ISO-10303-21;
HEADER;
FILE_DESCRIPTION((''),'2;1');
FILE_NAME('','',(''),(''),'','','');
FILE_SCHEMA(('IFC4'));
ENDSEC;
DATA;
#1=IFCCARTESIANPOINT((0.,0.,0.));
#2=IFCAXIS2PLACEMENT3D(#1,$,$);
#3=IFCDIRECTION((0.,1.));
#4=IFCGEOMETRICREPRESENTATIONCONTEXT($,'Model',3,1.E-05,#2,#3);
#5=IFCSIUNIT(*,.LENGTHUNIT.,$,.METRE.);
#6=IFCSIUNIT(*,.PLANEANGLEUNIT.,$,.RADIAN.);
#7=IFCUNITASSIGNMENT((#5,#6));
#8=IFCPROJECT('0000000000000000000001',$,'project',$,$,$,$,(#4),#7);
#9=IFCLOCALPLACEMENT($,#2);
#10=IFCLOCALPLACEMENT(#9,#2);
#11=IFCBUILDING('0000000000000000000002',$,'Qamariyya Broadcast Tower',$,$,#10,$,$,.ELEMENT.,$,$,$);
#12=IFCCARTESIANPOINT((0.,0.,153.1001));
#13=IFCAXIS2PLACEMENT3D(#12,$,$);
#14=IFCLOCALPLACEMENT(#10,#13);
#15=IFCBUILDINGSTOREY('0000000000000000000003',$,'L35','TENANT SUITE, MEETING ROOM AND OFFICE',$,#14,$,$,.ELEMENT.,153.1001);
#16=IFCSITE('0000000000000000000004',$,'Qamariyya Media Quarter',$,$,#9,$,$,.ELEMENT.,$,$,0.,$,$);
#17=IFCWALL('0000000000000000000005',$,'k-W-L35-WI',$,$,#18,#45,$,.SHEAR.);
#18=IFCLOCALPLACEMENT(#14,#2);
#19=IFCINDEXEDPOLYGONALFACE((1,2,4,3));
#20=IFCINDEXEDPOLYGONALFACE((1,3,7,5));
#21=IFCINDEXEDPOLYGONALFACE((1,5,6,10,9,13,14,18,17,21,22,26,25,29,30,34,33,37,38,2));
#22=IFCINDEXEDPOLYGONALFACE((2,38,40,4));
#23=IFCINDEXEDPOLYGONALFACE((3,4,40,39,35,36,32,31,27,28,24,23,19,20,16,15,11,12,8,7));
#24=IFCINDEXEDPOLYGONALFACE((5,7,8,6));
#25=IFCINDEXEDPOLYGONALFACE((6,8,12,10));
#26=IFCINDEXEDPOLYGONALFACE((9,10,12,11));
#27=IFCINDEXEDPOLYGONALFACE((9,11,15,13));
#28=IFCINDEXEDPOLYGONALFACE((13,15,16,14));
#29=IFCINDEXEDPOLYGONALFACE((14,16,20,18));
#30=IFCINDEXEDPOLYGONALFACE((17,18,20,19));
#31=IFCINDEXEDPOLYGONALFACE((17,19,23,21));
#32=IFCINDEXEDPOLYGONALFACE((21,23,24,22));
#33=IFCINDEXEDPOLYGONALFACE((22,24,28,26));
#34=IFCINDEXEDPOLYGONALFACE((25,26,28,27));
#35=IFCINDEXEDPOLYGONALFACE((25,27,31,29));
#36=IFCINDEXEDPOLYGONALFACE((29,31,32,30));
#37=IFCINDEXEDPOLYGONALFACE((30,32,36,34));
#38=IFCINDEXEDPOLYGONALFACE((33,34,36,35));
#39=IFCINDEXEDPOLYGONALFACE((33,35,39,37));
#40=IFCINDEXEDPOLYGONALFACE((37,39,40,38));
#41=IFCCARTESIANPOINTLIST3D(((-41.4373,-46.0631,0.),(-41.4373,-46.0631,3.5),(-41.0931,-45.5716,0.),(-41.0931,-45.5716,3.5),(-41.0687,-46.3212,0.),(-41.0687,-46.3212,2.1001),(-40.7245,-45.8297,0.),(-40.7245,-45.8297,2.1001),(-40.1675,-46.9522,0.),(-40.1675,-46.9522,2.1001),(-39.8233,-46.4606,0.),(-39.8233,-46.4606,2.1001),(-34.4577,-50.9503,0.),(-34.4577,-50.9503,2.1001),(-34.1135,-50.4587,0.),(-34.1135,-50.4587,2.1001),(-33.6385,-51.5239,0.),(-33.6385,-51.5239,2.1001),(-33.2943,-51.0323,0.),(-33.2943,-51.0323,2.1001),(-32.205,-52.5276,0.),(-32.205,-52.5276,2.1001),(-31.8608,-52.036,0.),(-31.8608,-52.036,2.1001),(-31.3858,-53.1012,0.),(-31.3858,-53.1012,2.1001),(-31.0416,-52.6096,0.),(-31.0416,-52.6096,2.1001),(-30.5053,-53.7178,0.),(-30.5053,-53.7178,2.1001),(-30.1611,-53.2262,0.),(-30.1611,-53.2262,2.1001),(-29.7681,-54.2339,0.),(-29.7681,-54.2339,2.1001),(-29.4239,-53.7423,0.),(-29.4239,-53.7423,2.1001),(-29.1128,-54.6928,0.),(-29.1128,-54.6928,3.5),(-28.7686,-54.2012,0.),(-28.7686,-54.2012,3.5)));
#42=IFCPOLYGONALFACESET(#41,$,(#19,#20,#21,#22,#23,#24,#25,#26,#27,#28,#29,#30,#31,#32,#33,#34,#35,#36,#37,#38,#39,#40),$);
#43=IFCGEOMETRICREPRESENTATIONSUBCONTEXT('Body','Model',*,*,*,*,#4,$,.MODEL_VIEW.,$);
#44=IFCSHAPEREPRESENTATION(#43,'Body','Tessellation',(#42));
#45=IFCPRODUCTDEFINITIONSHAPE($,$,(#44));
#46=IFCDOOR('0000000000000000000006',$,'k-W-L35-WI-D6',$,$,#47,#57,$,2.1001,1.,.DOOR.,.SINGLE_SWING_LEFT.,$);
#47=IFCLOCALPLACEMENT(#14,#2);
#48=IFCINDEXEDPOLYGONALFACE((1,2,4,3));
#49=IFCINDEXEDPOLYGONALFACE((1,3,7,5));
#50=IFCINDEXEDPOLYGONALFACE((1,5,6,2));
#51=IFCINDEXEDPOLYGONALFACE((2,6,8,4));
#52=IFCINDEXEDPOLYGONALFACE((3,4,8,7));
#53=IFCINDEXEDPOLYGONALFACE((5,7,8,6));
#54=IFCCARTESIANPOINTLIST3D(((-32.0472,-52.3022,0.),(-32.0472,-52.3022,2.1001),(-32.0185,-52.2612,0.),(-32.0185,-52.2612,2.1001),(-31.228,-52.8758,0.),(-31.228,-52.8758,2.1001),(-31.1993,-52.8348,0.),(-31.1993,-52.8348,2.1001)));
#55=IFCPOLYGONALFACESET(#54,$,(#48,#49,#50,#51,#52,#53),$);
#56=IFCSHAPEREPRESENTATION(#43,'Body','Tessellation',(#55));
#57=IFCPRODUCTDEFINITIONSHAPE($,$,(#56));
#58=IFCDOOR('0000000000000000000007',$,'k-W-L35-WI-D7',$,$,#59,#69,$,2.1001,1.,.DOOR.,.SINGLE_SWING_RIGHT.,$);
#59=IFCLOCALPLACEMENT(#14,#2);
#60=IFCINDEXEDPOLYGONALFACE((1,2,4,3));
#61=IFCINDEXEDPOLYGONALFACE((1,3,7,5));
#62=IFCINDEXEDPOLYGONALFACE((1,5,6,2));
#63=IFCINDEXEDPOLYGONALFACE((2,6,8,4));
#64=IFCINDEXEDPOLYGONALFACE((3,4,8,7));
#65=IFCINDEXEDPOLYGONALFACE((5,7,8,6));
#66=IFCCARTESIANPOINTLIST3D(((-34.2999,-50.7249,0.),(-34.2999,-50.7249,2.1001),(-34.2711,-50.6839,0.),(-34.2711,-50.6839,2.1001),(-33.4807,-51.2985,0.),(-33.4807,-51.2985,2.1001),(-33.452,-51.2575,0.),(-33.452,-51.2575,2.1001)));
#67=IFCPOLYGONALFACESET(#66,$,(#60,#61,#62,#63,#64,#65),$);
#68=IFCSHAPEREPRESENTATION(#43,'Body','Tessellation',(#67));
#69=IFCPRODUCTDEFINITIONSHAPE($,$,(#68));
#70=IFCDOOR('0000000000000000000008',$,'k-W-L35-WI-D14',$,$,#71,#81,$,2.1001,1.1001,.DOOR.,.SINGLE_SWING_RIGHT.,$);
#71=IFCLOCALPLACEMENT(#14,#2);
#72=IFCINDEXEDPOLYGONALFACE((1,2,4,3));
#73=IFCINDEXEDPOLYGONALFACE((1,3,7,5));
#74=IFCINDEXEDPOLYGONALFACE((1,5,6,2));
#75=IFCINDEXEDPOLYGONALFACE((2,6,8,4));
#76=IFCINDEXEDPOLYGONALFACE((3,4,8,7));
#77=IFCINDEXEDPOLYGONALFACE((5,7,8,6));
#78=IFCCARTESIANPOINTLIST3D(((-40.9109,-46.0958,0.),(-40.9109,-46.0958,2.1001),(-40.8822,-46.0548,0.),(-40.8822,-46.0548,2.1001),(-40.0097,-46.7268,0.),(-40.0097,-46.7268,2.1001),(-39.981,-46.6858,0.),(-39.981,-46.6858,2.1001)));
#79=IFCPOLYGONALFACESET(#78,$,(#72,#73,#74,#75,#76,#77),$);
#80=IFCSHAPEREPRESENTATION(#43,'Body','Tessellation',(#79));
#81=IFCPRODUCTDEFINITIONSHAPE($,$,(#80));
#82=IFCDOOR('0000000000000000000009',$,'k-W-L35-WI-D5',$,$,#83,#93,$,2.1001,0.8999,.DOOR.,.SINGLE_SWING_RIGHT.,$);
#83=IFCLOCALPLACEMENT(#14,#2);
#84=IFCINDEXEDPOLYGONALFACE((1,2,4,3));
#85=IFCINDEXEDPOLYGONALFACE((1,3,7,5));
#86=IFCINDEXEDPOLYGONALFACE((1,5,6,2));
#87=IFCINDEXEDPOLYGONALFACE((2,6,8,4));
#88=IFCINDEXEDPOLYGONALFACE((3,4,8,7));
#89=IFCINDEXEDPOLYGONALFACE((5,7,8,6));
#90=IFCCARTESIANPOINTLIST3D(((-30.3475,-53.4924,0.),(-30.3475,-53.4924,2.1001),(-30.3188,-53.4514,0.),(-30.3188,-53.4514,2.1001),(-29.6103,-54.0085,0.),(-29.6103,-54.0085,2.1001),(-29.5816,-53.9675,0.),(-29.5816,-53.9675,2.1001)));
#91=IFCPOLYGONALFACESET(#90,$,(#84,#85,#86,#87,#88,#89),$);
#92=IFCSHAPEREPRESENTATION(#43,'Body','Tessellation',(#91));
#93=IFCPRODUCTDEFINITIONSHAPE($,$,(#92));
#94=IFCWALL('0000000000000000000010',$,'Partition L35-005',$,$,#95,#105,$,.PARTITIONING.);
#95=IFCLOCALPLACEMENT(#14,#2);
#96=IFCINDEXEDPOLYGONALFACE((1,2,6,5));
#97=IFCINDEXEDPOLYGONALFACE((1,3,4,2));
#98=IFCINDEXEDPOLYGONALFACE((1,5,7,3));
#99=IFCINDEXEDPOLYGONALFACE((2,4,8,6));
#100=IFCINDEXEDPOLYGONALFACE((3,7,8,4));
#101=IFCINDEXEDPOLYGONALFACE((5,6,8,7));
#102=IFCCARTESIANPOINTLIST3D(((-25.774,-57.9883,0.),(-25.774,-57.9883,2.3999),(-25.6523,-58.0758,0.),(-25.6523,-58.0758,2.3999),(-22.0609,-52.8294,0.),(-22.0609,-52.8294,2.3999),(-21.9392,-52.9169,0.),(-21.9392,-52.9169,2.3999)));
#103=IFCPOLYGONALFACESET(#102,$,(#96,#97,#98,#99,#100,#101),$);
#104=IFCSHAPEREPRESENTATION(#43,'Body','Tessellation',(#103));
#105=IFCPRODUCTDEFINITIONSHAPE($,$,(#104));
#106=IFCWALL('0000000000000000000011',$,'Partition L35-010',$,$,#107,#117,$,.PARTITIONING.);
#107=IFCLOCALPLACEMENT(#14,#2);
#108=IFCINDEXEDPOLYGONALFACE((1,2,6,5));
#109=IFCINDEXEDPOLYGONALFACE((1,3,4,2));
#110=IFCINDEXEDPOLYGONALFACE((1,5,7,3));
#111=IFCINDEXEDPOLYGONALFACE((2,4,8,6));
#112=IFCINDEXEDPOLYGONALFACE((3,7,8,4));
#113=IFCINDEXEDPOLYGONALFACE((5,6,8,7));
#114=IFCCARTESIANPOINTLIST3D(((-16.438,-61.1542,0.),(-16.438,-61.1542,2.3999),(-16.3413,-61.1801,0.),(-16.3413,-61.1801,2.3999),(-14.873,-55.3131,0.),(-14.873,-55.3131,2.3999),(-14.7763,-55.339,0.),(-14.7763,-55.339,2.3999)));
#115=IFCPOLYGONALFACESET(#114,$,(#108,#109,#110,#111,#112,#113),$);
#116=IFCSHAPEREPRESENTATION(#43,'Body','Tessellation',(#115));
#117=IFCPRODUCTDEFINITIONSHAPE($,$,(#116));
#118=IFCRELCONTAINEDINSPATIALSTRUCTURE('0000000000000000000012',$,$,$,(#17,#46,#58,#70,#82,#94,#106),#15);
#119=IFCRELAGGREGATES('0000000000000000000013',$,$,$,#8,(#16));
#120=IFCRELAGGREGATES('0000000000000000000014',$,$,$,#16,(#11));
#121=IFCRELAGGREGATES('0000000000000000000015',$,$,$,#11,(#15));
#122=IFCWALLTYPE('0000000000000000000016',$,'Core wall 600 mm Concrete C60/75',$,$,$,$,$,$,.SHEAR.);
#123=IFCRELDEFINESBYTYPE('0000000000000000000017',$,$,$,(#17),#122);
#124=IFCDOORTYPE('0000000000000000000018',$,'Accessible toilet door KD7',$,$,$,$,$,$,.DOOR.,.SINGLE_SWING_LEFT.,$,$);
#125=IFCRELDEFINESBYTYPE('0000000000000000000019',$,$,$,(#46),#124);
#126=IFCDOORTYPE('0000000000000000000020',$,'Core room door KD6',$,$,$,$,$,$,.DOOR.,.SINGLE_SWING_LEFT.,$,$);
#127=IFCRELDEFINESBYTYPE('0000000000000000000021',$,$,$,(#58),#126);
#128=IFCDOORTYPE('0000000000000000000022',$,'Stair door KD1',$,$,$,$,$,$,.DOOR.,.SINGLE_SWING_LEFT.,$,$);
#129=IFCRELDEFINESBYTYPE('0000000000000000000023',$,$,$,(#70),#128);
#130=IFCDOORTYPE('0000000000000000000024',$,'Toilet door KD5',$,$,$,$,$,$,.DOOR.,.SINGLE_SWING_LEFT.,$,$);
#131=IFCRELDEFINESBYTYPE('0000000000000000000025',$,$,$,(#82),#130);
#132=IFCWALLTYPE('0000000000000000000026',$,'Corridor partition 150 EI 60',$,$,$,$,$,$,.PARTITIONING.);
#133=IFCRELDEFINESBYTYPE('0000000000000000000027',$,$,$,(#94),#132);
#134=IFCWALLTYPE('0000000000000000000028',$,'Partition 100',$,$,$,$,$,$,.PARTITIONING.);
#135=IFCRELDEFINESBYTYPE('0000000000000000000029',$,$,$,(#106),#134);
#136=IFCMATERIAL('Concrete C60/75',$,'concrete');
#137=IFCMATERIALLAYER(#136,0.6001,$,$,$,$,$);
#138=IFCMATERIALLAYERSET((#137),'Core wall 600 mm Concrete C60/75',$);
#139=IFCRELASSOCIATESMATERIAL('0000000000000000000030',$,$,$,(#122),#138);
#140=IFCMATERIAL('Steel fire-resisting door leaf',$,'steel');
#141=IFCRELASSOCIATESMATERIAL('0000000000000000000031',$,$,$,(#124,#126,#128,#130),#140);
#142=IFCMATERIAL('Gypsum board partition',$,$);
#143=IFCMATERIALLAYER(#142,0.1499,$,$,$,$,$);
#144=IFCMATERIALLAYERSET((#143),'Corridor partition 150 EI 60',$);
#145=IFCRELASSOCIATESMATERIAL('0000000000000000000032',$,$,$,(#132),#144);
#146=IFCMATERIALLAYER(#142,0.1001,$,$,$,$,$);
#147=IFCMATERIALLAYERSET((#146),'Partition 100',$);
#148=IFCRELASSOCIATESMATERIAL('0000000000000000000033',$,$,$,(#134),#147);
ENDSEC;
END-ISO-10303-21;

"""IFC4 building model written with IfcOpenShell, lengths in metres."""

from ifc_helpers import new_model, si_unit, direction, frame, frame_2d, origin, place, context, subcontext, project, spatial, rectangle, extrude, material, layer, layer_set, type_object, element, fill, save


model = new_model("IFC4")

# Units and contexts
model_context = context("Model", 3, precision=1e-05, world=origin(), true_north=direction((0.0, 1.0)))
body_context = subcontext(model_context, "Body", "Model", "MODEL_VIEW")
ifc_project = project(units=[si_unit("LENGTHUNIT", "METRE"), si_unit("PLANEANGLEUNIT", "RADIAN")], contexts=[model_context])

# Site, building, storey
site_placement = place(None, origin())
site = spatial("IfcSite", under=ifc_project, at=site_placement, Name="Qamariyya Media Quarter", CompositionType="ELEMENT", RefElevation=0.0)
building_placement = place(site_placement, origin())
building = spatial("IfcBuilding", under=site, at=building_placement, Name="Qamariyya Broadcast Tower", CompositionType="ELEMENT")
storey_placement = place(building_placement, frame((0.0, 0.0, 153.1001)))
storey = spatial("IfcBuildingStorey", under=building, at=storey_placement, Name="L35", Description="TENANT SUITE, MEETING ROOM AND OFFICE", CompositionType="ELEMENT", Elevation=153.1001)

# Shared definitions
ifc_material_1 = material(Name="Concrete C60/75", Category="concrete")

# Wall, openings, doors
ifc_layer_1 = layer(ifc_material_1, 0.6001)
ifc_layer_set_1 = layer_set([ifc_layer_1], Name="Core wall 600 mm Concrete C60/75")
wall_type_1 = type_object("IfcWallType", Name="Core wall 600 mm Concrete C60/75", PredefinedType="SHEAR", material=ifc_layer_set_1)
wall_1_placement = place(storey_placement, frame((-28.9407, -54.447, 0.0), z_axis=(0.0, 0.0, 1.0), x_axis=(-0.819153, 0.573575, 0.0)))
wall_1 = element("IfcWall", 1, at=wall_1_placement, inside=storey, type_object=wall_type_1, Name="k-W-L35-WI", PredefinedType="SHEAR", context=body_context, shape_type="SweptSolid", body=[
    extrude(rectangle(XDim=15.0454, YDim=0.6001, at=frame_2d((7.5227, 0.0))), origin(), (0.0, 0.0, 1.0), 3.5),
])
opening_1_placement = place(wall_1_placement, frame((0.8, 0.0, 0.0)))
opening_1 = element("IfcOpeningElement", 2, at=opening_1_placement, cuts=wall_1, PredefinedType="OPENING", context=body_context, shape_type="SweptSolid", body=[
    extrude(rectangle(XDim=0.8999, YDim=2.1001, at=frame_2d((0.45, 1.05))), frame((0.0, 0.3101, 0.0), z_axis=(0.0, -1.0, 0.0), x_axis=(1.0, 0.0, 0.0)), (0.0, 0.0, 1.0), 0.6201),
])
opening_2_placement = place(wall_1_placement, frame((2.7749, 0.0, 0.0)))
opening_2 = element("IfcOpeningElement", 3, at=opening_2_placement, cuts=wall_1, PredefinedType="OPENING", context=body_context, shape_type="SweptSolid", body=[
    extrude(rectangle(XDim=1.0, YDim=2.1001, at=frame_2d((0.5, 1.05))), frame((0.0, 0.3101, 0.0), z_axis=(0.0, -1.0, 0.0), x_axis=(1.0, 0.0, 0.0)), (0.0, 0.0, 1.0), 0.6201),
])
opening_3_placement = place(wall_1_placement, frame((5.5249, 0.0, 0.0)))
opening_3 = element("IfcOpeningElement", 4, at=opening_3_placement, cuts=wall_1, PredefinedType="OPENING", context=body_context, shape_type="SweptSolid", body=[
    extrude(rectangle(XDim=1.0, YDim=2.1001, at=frame_2d((0.5, 1.05))), frame((0.0, 0.3101, 0.0), z_axis=(0.0, -1.0, 0.0), x_axis=(1.0, 0.0, 0.0)), (0.0, 0.0, 1.0), 0.6201),
])
opening_4_placement = place(wall_1_placement, frame((13.4954, 0.0, 0.0)))
opening_4 = element("IfcOpeningElement", 5, at=opening_4_placement, cuts=wall_1, PredefinedType="OPENING", context=body_context, shape_type="SweptSolid", body=[
    extrude(rectangle(XDim=1.1001, YDim=2.1001, at=frame_2d((0.55, 1.05))), frame((0.0, 0.3101, 0.0), z_axis=(0.0, -1.0, 0.0), x_axis=(1.0, 0.0, 0.0)), (0.0, 0.0, 1.0), 0.6201),
])
ifc_material_2 = material(Name="Steel fire-resisting door leaf", Category="steel")
door_type_1 = type_object("IfcDoorType", Name="Accessible toilet door KD7", OperationType="SINGLE_SWING_LEFT", PredefinedType="DOOR", material=ifc_material_2)
door_1_placement = place(opening_2_placement, origin())
door_1 = element("IfcDoor", 6, at=door_1_placement, inside=storey, type_object=door_type_1, Name="k-W-L35-WI-D6", OperationType="SINGLE_SWING_LEFT", OverallHeight=2.1001, OverallWidth=1.0, PredefinedType="DOOR", context=body_context, shape_type="SweptSolid", body=[
    extrude(rectangle(XDim=1.0, YDim=2.1001, at=frame_2d((0.5, 1.05))), frame((0.0, 0.0249, 0.0), z_axis=(0.0, -1.0, 0.0), x_axis=(1.0, 0.0, 0.0)), (0.0, 0.0, 1.0), 0.05),
])
fill(opening_2, door_1)
door_type_2 = type_object("IfcDoorType", Name="Core room door KD6", OperationType="SINGLE_SWING_LEFT", PredefinedType="DOOR", material=ifc_material_2)
door_2_placement = place(opening_3_placement, origin())
door_2 = element("IfcDoor", 7, at=door_2_placement, inside=storey, type_object=door_type_2, Name="k-W-L35-WI-D7", OperationType="SINGLE_SWING_RIGHT", OverallHeight=2.1001, OverallWidth=1.0, PredefinedType="DOOR", context=body_context, shape_type="SweptSolid", body=[
    extrude(rectangle(XDim=1.0, YDim=2.1001, at=frame_2d((0.5, 1.05))), frame((0.0, 0.0249, 0.0), z_axis=(0.0, -1.0, 0.0), x_axis=(1.0, 0.0, 0.0)), (0.0, 0.0, 1.0), 0.05),
])
fill(opening_3, door_2)
door_type_3 = type_object("IfcDoorType", Name="Stair door KD1", OperationType="SINGLE_SWING_LEFT", PredefinedType="DOOR", material=ifc_material_2)
door_3_placement = place(opening_4_placement, origin())
door_3 = element("IfcDoor", 8, at=door_3_placement, inside=storey, type_object=door_type_3, Name="k-W-L35-WI-D14", OperationType="SINGLE_SWING_RIGHT", OverallHeight=2.1001, OverallWidth=1.1001, PredefinedType="DOOR", context=body_context, shape_type="SweptSolid", body=[
    extrude(rectangle(XDim=1.1001, YDim=2.1001, at=frame_2d((0.55, 1.05))), frame((0.0, 0.0249, 0.0), z_axis=(0.0, -1.0, 0.0), x_axis=(1.0, 0.0, 0.0)), (0.0, 0.0, 1.0), 0.05),
])
fill(opening_4, door_3)
door_type_4 = type_object("IfcDoorType", Name="Toilet door KD5", OperationType="SINGLE_SWING_LEFT", PredefinedType="DOOR", material=ifc_material_2)
door_4_placement = place(opening_1_placement, origin())
door_4 = element("IfcDoor", 9, at=door_4_placement, inside=storey, type_object=door_type_4, Name="k-W-L35-WI-D5", OperationType="SINGLE_SWING_RIGHT", OverallHeight=2.1001, OverallWidth=0.8999, PredefinedType="DOOR", context=body_context, shape_type="SweptSolid", body=[
    extrude(rectangle(XDim=0.8999, YDim=2.1001, at=frame_2d((0.45, 1.05))), frame((0.0, 0.0249, 0.0), z_axis=(0.0, -1.0, 0.0), x_axis=(1.0, 0.0, 0.0)), (0.0, 0.0, 1.0), 0.05),
])
fill(opening_1, door_4)

# Walls
ifc_material_3 = material(Name="Gypsum board partition")
ifc_layer_2 = layer(ifc_material_3, 0.1499)
ifc_layer_set_2 = layer_set([ifc_layer_2], Name="Corridor partition 150 EI 60")
wall_type_2 = type_object("IfcWallType", Name="Corridor partition 150 EI 60", PredefinedType="PARTITIONING", material=ifc_layer_set_2)
wall_2_placement = place(storey_placement, frame((-22.0, -52.873, 0.0), z_axis=(0.0, 0.0, 1.0), x_axis=(-0.58417, -0.811631, 0.0)))
element("IfcWall", 10, at=wall_2_placement, inside=storey, type_object=wall_type_2, Name="Partition L35-005", PredefinedType="PARTITIONING", context=body_context, shape_type="SweptSolid", body=[
    extrude(rectangle(XDim=6.3562, YDim=0.1499, at=frame_2d((3.1782, 0.0))), origin(), (0.0, 0.0, 1.0), 2.3999),
])
ifc_layer_3 = layer(ifc_material_3, 0.1001)
ifc_layer_set_3 = layer_set([ifc_layer_3], Name="Partition 100")
wall_type_3 = type_object("IfcWallType", Name="Partition 100", PredefinedType="PARTITIONING", material=ifc_layer_set_3)
wall_3_placement = place(storey_placement, frame((-14.8247, -55.3262, 0.0), z_axis=(0.0, 0.0, 1.0), x_axis=(-0.258793, -0.965933, 0.0)))
element("IfcWall", 11, at=wall_3_placement, inside=storey, type_object=wall_type_3, Name="Partition L35-010", PredefinedType="PARTITIONING", context=body_context, shape_type="SweptSolid", body=[
    extrude(rectangle(XDim=6.0471, YDim=0.1001, at=frame_2d((3.0234, 0.0))), origin(), (0.0, 0.0, 1.0), 2.3999),
])

save(model, "model.ifc")
